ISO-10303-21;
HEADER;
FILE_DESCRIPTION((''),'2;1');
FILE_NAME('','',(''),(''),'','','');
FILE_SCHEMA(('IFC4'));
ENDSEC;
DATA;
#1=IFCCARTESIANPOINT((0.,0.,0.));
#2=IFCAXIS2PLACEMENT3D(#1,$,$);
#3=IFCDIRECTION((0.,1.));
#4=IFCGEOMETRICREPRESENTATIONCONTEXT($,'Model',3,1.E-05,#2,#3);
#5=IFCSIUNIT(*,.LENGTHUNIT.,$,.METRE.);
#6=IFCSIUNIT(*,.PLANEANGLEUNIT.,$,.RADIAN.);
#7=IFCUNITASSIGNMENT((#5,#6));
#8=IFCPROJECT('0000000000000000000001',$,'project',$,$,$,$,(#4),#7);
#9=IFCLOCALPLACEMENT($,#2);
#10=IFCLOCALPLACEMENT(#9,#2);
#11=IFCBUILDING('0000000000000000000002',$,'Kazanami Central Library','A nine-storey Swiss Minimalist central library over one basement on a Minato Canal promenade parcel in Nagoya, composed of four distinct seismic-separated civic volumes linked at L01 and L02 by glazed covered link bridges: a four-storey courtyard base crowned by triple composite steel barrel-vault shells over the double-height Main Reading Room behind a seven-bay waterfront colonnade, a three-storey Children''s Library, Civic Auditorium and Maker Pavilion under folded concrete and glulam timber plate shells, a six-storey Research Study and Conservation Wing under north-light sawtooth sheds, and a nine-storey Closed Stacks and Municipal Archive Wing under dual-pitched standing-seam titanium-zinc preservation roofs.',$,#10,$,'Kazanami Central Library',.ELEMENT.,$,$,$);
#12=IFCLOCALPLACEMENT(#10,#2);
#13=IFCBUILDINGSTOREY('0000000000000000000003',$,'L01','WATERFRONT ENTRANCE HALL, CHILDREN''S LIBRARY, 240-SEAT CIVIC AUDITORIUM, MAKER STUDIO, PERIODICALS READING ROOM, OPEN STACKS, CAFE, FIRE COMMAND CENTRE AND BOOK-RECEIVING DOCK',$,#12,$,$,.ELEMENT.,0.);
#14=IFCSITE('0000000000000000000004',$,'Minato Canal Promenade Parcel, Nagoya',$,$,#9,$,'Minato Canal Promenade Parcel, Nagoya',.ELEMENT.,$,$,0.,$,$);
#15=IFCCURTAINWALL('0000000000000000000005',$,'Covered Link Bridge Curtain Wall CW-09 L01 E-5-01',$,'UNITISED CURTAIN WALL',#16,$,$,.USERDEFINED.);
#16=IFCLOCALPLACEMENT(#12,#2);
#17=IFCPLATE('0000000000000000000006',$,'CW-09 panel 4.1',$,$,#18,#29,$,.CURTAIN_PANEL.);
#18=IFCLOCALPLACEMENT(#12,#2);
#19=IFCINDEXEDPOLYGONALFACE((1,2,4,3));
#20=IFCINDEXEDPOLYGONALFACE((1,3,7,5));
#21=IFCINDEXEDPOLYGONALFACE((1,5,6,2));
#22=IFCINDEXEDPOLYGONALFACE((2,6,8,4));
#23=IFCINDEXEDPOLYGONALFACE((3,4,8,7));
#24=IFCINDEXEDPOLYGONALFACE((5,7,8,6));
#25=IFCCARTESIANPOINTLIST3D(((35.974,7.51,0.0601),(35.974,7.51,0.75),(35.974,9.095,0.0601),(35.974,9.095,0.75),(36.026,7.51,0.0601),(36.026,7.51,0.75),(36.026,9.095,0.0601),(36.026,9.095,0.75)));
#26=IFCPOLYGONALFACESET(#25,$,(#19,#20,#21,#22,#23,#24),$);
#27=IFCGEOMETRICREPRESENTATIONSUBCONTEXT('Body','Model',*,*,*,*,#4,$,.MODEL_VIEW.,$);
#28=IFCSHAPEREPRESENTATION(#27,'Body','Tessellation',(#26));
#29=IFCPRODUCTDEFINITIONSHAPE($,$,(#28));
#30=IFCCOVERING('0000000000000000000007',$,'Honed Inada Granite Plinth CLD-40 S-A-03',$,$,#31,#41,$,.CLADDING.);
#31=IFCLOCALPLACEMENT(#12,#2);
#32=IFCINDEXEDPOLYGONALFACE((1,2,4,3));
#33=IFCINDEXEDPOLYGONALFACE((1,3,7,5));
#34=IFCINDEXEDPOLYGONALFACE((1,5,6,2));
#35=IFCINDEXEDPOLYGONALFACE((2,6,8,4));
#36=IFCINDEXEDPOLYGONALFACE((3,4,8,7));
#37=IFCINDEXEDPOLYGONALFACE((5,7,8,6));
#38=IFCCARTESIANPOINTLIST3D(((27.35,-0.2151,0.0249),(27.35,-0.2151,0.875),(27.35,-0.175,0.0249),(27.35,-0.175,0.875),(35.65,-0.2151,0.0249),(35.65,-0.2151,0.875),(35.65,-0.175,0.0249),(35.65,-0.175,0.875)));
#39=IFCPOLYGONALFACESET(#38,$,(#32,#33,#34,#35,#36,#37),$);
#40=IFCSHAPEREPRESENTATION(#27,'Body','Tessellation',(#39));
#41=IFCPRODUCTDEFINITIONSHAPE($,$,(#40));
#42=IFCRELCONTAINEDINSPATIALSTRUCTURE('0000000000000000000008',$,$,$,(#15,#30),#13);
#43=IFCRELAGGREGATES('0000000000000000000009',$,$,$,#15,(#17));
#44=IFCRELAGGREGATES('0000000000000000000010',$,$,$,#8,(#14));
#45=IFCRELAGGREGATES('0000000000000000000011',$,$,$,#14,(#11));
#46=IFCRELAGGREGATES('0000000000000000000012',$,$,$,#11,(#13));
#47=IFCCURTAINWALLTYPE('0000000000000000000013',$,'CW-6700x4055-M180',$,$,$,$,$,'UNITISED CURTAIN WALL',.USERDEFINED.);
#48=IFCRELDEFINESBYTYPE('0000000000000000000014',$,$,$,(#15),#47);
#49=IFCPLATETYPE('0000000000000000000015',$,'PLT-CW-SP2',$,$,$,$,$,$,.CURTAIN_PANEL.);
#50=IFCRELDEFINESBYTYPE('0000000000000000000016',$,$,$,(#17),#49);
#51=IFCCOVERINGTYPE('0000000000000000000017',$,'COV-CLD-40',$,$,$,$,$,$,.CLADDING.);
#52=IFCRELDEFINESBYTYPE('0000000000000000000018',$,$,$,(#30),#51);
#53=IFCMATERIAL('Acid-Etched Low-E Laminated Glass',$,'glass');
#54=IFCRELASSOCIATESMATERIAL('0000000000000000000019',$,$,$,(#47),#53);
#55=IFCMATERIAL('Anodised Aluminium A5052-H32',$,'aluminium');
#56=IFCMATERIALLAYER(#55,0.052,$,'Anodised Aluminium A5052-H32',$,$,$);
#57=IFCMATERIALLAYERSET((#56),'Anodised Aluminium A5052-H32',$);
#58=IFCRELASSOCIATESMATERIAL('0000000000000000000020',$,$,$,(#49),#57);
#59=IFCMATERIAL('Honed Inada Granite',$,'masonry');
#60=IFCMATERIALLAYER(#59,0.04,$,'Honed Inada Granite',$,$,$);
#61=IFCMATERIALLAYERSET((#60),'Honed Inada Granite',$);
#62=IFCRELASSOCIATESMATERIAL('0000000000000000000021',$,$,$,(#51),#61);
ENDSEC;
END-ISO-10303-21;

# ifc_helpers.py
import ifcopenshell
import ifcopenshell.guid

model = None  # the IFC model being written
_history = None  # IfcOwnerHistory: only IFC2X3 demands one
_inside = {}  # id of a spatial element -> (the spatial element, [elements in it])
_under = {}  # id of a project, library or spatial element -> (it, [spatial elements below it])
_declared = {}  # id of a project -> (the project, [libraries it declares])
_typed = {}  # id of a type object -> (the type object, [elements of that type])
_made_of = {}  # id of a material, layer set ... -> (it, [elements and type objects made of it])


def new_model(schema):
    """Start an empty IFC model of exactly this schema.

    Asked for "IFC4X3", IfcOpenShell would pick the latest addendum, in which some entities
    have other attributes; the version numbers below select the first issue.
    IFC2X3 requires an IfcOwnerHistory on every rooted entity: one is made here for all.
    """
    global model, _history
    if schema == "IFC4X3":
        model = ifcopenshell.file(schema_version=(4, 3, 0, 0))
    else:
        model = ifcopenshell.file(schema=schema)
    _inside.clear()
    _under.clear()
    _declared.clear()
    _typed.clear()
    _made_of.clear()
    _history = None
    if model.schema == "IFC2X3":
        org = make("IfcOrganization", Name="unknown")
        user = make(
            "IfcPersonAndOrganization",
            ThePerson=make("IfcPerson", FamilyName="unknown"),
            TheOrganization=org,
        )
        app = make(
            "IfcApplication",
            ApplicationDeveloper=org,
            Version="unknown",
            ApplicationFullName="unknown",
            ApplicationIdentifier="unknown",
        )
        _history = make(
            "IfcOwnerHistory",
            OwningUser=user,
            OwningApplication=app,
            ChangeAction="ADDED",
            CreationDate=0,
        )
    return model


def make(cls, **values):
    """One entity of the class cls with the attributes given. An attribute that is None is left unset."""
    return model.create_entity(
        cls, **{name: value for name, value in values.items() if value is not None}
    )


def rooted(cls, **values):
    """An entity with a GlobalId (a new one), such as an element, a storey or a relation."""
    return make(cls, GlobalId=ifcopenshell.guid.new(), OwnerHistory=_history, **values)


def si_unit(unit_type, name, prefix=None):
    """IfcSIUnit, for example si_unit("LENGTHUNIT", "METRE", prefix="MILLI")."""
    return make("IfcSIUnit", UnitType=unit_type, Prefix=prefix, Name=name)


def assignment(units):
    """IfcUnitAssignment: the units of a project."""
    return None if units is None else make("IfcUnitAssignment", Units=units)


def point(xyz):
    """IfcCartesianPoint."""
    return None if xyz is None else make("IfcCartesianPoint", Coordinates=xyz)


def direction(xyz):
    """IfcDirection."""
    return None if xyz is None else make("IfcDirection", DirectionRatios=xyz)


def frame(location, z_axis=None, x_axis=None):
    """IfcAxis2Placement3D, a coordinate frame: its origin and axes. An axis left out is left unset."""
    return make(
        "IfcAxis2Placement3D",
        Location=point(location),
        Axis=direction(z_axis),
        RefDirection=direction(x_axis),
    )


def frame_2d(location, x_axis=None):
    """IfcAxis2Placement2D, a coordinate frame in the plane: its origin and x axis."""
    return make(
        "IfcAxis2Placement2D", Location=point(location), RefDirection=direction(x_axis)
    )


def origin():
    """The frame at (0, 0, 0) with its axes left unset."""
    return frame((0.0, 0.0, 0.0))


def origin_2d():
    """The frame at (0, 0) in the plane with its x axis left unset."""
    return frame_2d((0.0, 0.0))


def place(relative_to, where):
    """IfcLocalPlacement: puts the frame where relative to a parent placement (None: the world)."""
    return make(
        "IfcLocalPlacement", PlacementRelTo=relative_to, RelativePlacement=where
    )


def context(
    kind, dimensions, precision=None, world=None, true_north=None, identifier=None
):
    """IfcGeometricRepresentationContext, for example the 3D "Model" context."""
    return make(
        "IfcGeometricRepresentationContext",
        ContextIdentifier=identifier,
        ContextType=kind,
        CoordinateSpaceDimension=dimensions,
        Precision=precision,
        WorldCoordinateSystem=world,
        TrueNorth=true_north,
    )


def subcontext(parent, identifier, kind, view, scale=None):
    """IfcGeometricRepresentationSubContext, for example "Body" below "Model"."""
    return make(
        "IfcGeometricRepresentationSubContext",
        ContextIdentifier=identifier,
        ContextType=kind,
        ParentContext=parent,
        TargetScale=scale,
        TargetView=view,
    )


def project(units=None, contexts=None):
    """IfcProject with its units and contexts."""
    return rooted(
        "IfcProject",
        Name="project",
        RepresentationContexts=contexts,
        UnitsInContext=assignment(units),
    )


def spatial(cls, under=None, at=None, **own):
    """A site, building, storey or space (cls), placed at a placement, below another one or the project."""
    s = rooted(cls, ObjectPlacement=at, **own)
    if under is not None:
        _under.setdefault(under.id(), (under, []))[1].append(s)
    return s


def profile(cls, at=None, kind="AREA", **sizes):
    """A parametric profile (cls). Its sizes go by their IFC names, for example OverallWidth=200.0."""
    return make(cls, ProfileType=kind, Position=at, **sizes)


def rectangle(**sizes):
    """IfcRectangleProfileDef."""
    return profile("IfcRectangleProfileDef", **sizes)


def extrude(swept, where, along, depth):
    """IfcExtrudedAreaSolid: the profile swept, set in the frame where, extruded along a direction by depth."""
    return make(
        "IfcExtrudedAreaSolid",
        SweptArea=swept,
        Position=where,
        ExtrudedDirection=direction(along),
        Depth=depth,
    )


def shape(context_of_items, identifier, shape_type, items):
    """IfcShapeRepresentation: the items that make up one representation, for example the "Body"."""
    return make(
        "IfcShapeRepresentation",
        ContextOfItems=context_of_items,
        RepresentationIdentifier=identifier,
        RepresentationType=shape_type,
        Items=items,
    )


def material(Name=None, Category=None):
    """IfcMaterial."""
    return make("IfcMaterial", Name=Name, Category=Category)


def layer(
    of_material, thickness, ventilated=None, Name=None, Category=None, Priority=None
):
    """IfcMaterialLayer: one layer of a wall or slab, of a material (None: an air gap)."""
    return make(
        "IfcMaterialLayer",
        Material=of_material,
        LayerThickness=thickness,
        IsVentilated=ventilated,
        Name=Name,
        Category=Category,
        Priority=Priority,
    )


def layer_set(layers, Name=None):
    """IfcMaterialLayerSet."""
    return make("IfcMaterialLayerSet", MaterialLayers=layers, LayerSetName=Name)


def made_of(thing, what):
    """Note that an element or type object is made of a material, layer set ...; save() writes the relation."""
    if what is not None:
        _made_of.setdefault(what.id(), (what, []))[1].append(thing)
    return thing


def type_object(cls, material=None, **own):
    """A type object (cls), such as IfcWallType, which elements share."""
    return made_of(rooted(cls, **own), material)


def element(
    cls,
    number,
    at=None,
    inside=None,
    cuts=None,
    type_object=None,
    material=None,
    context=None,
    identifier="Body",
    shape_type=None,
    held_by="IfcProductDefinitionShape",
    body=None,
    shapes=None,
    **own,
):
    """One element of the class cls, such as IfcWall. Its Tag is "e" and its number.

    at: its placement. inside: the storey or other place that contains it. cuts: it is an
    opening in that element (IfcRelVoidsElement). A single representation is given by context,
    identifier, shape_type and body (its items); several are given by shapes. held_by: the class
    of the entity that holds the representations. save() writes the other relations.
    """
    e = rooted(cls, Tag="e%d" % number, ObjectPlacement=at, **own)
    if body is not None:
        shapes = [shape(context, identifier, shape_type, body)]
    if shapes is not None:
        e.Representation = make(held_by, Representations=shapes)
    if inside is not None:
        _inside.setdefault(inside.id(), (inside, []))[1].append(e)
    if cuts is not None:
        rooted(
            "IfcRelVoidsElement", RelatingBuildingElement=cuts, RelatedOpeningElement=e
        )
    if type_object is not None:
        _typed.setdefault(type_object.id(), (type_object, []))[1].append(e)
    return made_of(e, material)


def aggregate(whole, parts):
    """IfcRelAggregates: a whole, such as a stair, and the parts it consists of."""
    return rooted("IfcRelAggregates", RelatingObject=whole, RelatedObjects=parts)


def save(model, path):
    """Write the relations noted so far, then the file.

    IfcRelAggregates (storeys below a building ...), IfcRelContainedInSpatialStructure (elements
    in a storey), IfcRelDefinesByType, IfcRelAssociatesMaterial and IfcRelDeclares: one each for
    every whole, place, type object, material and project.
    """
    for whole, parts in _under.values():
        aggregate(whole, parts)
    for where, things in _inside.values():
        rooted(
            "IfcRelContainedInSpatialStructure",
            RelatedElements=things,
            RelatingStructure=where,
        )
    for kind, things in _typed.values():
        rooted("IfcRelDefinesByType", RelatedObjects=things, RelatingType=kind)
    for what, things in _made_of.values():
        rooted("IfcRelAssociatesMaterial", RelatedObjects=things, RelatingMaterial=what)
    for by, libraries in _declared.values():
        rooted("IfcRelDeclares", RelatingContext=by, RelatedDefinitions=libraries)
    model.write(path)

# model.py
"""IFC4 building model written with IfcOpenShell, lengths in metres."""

from ifc_helpers import new_model, si_unit, direction, frame, origin, origin_2d, place, context, subcontext, project, spatial, rectangle, extrude, material, layer, layer_set, type_object, element, aggregate, save


model = new_model("IFC4")

# Units and contexts
model_context = context("Model", 3, precision=1e-05, world=origin(), true_north=direction((0.0, 1.0)))
body_context = subcontext(model_context, "Body", "Model", "MODEL_VIEW")
ifc_project = project(units=[si_unit("LENGTHUNIT", "METRE"), si_unit("PLANEANGLEUNIT", "RADIAN")], contexts=[model_context])

# Site, building, storey
site_placement = place(None, origin())
site = spatial("IfcSite", under=ifc_project, at=site_placement, Name="Minato Canal Promenade Parcel, Nagoya", LongName="Minato Canal Promenade Parcel, Nagoya", CompositionType="ELEMENT", RefElevation=0.0)
building_placement = place(site_placement, origin())
building = spatial("IfcBuilding", under=site, at=building_placement, Name="Kazanami Central Library", Description="A nine-storey Swiss Minimalist central library over one basement on a Minato Canal promenade parcel in Nagoya, composed of four distinct seismic-separated civic volumes linked at L01 and L02 by glazed covered link bridges: a four-storey courtyard base crowned by triple composite steel barrel-vault shells over the double-height Main Reading Room behind a seven-bay waterfront colonnade, a three-storey Children's Library, Civic Auditorium and Maker Pavilion under folded concrete and glulam timber plate shells, a six-storey Research Study and Conservation Wing under north-light sawtooth sheds, and a nine-storey Closed Stacks and Municipal Archive Wing under dual-pitched standing-seam titanium-zinc preservation roofs.", LongName="Kazanami Central Library", CompositionType="ELEMENT")
storey_placement = place(building_placement, origin())
storey = spatial("IfcBuildingStorey", under=building, at=storey_placement, Name="L01", Description="WATERFRONT ENTRANCE HALL, CHILDREN'S LIBRARY, 240-SEAT CIVIC AUDITORIUM, MAKER STUDIO, PERIODICALS READING ROOM, OPEN STACKS, CAFE, FIRE COMMAND CENTRE AND BOOK-RECEIVING DOCK", CompositionType="ELEMENT", Elevation=0.0)

# Shared definitions
ifc_material_1 = material(Name="Acid-Etched Low-E Laminated Glass", Category="glass")
curtain_wall_type = type_object("IfcCurtainWallType", Name="CW-6700x4055-M180", ElementType="UNITISED CURTAIN WALL", PredefinedType="USERDEFINED", material=ifc_material_1)

# Curtain wall
curtain_wall_1_placement = place(storey_placement, origin())
curtain_wall_1 = element("IfcCurtainWall", 1, at=curtain_wall_1_placement, inside=storey, type_object=curtain_wall_type, Name="Covered Link Bridge Curtain Wall CW-09 L01 E-5-01", ObjectType="UNITISED CURTAIN WALL", PredefinedType="USERDEFINED")

# Plate
ifc_material_2 = material(Name="Anodised Aluminium A5052-H32", Category="aluminium")
ifc_layer_1 = layer(ifc_material_2, 0.052, Name="Anodised Aluminium A5052-H32")
ifc_layer_set_1 = layer_set([ifc_layer_1], Name="Anodised Aluminium A5052-H32")
plate_type_1 = type_object("IfcPlateType", Name="PLT-CW-SP2", PredefinedType="CURTAIN_PANEL", material=ifc_layer_set_1)
plate_1_placement = place(storey_placement, frame((36.0, 8.3025, 0.0601), z_axis=(0.0, 0.0, 1.0), x_axis=(0.0, -1.0, 0.0)))
plate_1 = element("IfcPlate", 2, at=plate_1_placement, type_object=plate_type_1, Name="CW-09 panel 4.1", PredefinedType="CURTAIN_PANEL", context=body_context, shape_type="SweptSolid", body=[
    extrude(rectangle(XDim=1.585, YDim=0.052, at=origin_2d()), origin(), (0.0, 0.0, 1.0), 0.6899),
])
aggregate(curtain_wall_1, [plate_1])

# Covering
ifc_material_3 = material(Name="Honed Inada Granite", Category="masonry")
ifc_layer_2 = layer(ifc_material_3, 0.04, Name="Honed Inada Granite")
ifc_layer_set_2 = layer_set([ifc_layer_2], Name="Honed Inada Granite")
covering_type = type_object("IfcCoveringType", Name="COV-CLD-40", PredefinedType="CLADDING", material=ifc_layer_set_2)
covering_placement = place(storey_placement, frame((31.5, -0.1951, 0.0249), z_axis=(0.0, 0.0, 1.0), x_axis=(1.0, 0.0, 0.0)))
element("IfcCovering", 3, at=covering_placement, inside=storey, type_object=covering_type, Name="Honed Inada Granite Plinth CLD-40 S-A-03", PredefinedType="CLADDING", context=body_context, shape_type="SweptSolid", body=[
    extrude(rectangle(XDim=8.3, YDim=0.04, at=origin_2d()), origin(), (0.0, 0.0, 1.0), 0.8501),
])

save(model, "model.ifc")
